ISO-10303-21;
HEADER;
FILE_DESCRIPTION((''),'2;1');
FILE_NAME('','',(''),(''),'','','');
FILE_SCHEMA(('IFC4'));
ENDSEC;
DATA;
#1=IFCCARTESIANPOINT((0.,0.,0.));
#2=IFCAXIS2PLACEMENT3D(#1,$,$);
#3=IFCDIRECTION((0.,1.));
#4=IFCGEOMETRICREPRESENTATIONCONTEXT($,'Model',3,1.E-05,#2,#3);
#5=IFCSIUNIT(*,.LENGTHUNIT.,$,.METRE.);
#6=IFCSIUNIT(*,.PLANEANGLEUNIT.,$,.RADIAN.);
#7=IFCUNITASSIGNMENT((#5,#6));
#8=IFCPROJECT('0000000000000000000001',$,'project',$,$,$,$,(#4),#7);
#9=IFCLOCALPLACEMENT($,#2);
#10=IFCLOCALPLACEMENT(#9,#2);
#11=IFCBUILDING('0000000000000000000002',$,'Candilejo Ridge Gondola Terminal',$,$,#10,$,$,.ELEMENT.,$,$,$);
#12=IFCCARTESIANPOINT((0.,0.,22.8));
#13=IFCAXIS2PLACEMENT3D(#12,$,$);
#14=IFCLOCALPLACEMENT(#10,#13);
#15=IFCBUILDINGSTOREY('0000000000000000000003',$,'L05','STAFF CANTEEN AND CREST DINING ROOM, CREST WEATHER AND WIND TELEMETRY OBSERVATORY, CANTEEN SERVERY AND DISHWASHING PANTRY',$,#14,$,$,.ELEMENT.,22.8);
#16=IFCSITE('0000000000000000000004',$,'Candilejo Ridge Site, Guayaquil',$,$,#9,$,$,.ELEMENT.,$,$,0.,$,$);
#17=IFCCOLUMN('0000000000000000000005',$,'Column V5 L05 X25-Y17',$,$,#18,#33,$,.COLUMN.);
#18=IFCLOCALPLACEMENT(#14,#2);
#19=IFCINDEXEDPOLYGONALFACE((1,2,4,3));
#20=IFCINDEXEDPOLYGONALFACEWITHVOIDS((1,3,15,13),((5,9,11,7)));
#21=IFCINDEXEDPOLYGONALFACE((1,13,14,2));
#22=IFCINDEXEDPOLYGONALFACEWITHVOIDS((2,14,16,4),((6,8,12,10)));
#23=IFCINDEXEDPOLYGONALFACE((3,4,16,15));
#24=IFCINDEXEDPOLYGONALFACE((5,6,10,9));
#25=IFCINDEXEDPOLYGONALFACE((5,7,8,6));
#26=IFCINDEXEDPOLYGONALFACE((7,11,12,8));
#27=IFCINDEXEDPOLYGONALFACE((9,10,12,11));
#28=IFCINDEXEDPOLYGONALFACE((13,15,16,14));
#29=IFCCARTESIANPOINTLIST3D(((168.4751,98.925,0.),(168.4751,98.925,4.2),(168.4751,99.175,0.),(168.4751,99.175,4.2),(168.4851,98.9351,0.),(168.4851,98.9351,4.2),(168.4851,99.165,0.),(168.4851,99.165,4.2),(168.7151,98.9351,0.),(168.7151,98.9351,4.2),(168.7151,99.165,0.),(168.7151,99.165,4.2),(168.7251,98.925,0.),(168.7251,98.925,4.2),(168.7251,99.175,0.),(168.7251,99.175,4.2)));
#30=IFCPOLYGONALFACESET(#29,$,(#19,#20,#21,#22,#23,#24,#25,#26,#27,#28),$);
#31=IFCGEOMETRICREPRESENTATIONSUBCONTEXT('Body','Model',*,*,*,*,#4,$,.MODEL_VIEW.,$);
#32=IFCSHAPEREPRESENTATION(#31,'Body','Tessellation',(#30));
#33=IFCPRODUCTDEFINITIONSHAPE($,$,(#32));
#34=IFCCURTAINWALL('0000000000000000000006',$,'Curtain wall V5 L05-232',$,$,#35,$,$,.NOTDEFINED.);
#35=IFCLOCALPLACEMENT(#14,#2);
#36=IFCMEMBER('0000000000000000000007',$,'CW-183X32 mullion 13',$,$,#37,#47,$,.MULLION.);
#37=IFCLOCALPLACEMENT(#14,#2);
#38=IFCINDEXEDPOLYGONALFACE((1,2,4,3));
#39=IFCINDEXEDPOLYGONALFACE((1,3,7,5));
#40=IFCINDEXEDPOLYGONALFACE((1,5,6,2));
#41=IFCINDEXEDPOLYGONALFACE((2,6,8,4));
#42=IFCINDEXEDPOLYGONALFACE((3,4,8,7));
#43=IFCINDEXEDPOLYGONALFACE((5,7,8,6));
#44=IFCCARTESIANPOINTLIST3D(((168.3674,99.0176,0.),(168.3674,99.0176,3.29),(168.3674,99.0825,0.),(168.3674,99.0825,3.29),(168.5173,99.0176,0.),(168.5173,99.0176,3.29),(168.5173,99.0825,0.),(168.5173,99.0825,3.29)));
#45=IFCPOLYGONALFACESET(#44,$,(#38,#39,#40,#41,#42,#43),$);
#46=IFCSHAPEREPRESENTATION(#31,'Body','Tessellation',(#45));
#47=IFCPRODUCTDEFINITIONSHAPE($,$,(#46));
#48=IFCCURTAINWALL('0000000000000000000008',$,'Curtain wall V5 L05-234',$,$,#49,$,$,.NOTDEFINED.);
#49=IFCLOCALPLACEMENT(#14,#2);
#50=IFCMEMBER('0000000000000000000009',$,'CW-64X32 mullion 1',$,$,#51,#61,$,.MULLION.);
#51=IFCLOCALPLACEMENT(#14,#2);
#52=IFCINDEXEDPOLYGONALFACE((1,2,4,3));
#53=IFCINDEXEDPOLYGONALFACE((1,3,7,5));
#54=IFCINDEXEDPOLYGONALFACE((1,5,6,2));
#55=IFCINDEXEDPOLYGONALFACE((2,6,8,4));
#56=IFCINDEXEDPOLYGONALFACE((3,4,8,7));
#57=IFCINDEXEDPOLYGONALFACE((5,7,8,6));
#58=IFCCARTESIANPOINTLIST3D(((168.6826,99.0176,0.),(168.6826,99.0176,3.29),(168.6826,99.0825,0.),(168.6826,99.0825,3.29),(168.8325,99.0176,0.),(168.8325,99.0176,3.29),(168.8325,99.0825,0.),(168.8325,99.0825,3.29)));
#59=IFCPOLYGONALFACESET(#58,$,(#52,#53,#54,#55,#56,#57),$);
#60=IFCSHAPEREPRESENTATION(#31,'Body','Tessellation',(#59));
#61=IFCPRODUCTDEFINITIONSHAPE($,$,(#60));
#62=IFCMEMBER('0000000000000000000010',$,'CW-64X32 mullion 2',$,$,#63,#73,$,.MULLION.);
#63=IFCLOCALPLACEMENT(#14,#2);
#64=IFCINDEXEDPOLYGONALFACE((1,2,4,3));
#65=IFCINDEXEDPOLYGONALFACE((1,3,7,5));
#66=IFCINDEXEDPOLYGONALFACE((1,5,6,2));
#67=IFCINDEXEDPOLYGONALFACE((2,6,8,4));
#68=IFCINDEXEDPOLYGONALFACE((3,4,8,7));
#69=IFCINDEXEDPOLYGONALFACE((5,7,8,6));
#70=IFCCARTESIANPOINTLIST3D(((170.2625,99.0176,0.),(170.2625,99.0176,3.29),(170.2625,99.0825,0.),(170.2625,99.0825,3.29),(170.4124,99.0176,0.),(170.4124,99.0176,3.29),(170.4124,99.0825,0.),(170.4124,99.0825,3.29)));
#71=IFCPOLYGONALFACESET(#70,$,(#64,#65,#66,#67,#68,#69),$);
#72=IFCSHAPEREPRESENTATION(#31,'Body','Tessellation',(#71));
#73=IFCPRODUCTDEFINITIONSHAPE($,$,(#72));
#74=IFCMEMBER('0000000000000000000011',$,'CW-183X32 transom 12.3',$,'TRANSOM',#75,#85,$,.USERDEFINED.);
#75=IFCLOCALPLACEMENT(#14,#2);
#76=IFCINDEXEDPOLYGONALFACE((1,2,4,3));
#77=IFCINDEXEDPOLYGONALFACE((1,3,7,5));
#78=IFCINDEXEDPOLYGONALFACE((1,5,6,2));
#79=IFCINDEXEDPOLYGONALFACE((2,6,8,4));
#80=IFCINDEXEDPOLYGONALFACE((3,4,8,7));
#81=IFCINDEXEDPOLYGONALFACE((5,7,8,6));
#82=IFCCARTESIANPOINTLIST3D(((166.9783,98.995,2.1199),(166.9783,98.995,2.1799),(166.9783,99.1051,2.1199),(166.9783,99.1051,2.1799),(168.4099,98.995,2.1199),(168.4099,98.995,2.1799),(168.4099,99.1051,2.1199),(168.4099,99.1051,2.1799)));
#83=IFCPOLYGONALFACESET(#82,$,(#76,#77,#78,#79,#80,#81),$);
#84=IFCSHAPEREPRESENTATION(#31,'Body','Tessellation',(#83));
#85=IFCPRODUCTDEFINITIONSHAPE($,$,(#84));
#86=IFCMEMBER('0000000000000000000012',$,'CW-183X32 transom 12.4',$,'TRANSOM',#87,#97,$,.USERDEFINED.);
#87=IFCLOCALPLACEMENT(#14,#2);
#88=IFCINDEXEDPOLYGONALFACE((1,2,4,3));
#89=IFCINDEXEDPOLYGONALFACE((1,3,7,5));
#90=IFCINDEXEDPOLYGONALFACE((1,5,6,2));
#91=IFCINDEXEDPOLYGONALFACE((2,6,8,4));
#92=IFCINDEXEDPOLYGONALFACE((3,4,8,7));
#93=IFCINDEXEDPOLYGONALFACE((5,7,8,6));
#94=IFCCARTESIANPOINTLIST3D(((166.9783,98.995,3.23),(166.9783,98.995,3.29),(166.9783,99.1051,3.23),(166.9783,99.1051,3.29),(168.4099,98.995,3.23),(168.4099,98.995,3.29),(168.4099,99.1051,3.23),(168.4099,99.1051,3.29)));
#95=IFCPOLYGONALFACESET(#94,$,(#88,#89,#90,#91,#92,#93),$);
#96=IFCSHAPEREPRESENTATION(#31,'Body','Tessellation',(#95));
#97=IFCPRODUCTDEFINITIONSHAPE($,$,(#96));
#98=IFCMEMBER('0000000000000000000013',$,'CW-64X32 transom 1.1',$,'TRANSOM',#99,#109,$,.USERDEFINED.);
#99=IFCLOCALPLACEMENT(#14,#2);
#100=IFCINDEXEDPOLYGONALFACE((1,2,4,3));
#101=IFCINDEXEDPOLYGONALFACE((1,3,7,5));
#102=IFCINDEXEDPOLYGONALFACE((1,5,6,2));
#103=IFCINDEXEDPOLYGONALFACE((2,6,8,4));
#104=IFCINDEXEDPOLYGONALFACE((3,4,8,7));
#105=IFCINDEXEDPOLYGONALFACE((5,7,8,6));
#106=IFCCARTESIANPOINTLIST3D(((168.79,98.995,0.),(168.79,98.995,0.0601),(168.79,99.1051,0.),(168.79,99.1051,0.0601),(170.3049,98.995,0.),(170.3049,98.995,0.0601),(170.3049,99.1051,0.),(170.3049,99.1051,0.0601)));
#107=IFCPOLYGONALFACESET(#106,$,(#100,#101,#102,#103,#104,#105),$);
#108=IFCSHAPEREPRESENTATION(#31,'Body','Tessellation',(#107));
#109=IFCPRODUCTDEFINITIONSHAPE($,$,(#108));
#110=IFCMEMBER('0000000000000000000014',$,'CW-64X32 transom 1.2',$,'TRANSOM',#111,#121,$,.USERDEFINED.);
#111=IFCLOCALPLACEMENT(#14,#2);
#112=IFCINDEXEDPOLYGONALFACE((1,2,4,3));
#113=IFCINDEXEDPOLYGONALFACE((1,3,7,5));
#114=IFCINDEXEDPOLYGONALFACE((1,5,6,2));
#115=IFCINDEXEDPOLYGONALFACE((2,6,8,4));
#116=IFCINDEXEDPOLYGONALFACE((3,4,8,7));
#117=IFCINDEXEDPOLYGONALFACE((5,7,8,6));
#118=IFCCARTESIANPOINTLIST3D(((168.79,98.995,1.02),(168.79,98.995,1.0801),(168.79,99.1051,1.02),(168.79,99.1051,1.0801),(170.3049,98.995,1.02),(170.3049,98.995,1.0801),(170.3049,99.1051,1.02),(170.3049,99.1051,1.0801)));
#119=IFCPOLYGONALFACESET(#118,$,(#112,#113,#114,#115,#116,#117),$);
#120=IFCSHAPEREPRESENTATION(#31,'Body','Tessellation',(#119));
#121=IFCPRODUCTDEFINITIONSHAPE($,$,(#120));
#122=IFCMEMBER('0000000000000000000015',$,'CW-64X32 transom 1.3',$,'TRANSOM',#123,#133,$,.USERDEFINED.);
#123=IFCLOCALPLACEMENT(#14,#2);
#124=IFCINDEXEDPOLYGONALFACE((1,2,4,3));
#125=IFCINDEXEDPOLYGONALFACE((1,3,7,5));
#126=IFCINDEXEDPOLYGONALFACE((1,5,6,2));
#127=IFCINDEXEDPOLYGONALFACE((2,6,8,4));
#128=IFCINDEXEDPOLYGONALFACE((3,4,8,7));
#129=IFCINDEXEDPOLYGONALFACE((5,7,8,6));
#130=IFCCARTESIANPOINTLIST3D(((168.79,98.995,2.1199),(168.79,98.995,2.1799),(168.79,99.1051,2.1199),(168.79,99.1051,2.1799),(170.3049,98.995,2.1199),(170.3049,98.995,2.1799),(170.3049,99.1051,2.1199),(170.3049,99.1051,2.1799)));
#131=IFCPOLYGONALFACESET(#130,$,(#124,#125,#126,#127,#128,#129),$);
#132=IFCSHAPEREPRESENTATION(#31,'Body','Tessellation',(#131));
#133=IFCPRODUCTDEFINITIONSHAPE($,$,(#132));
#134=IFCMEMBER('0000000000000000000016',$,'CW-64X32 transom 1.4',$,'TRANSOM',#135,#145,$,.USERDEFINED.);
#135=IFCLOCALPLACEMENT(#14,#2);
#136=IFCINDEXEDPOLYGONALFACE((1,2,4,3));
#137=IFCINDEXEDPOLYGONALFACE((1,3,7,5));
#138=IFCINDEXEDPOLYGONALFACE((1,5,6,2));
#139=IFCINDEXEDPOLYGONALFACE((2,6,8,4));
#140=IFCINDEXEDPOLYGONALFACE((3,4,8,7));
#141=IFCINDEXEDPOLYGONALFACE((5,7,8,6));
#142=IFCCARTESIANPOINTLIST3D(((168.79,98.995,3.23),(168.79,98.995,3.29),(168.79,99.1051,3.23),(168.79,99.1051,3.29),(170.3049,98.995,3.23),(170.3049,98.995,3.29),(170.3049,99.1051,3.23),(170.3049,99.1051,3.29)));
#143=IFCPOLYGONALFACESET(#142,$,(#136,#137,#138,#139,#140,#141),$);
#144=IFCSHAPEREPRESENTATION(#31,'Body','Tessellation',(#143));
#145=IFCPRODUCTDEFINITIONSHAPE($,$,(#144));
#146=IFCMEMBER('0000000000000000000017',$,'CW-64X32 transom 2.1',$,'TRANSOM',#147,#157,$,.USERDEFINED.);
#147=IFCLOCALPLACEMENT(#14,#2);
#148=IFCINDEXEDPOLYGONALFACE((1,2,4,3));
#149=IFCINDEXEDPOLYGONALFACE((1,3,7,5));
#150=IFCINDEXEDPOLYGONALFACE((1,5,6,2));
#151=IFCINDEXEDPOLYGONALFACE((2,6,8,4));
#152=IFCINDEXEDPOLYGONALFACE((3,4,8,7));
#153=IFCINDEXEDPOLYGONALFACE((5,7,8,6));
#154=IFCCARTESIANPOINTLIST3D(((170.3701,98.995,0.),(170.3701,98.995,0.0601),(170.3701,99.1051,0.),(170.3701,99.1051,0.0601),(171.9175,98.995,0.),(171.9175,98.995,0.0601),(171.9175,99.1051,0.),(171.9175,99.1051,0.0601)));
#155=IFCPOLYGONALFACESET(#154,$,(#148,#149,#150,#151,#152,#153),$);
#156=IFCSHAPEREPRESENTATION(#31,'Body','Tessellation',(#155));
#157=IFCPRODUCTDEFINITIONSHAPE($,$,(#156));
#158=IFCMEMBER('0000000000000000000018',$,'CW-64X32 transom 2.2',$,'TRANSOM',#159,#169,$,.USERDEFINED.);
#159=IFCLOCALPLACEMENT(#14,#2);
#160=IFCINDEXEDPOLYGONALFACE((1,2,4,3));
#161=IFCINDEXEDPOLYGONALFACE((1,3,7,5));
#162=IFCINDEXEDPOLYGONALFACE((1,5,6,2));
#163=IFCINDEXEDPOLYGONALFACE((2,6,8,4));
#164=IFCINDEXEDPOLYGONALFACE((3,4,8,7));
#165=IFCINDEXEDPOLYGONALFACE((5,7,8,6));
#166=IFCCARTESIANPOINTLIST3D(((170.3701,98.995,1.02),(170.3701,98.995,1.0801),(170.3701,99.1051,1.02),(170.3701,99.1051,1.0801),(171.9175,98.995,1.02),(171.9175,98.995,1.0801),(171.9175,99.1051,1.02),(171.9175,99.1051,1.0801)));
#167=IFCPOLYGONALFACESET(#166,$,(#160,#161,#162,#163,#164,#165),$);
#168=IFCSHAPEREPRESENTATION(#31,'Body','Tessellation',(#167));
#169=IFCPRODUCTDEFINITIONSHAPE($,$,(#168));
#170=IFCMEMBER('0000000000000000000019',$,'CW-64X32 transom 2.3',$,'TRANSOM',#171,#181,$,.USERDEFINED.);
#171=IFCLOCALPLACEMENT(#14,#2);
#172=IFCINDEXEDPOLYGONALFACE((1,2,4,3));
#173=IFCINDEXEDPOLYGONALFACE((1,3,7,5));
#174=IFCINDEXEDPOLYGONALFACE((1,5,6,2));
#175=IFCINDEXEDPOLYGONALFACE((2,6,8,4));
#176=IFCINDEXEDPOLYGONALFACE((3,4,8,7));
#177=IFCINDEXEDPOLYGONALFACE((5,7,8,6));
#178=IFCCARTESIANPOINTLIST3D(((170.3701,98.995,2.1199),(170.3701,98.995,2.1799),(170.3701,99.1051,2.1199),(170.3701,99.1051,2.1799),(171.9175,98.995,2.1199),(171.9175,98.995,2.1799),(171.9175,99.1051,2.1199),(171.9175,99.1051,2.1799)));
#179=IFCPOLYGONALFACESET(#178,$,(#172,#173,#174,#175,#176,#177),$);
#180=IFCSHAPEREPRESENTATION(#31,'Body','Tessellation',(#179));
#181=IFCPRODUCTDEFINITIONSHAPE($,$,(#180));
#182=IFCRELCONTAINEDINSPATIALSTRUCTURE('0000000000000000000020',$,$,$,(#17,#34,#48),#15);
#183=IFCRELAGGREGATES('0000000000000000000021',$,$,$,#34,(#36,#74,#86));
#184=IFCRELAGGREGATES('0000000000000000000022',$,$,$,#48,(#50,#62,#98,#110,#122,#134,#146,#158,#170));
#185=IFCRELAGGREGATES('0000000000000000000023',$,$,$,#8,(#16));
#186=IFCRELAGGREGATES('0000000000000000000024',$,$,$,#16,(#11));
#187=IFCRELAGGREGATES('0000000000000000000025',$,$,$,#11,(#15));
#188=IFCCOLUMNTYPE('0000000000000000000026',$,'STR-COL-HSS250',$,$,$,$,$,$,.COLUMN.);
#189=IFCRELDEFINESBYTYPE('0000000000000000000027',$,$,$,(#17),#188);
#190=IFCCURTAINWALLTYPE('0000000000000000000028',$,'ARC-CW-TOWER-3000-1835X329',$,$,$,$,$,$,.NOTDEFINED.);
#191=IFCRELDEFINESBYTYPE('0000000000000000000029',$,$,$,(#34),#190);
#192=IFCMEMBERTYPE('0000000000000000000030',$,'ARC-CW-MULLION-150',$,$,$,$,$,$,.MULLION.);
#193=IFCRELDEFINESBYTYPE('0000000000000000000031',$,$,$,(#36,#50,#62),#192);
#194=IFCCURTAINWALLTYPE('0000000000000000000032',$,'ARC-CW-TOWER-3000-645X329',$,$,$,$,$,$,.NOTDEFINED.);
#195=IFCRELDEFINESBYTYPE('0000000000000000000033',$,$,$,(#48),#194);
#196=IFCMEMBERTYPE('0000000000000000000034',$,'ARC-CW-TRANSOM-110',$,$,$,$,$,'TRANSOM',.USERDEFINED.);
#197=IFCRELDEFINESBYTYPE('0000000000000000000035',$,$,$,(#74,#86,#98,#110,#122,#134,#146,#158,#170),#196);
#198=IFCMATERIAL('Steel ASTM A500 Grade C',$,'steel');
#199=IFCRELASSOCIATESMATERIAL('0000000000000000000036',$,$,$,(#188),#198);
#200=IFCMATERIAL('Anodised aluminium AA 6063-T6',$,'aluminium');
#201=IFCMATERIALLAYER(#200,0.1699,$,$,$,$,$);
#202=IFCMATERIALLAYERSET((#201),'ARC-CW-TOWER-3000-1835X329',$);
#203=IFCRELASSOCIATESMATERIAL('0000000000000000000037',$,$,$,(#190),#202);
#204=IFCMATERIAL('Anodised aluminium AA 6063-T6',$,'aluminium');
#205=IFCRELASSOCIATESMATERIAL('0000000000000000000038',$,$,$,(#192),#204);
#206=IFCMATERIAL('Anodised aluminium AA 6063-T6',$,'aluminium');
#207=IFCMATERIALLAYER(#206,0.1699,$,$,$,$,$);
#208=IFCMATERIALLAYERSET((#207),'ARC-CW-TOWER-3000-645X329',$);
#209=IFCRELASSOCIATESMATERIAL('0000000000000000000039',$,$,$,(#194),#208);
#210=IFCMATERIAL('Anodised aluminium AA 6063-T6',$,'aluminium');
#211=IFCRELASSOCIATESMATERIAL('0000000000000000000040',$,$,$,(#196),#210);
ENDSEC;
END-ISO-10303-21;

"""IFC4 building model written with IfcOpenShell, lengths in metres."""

from ifc_helpers import new_model, si_unit, direction, frame, origin, origin_2d, place, context, subcontext, project, spatial, rectangle, hollow_rectangle, extrude, material, layer, layer_set, material_profile, profile_set, type_object, element, aggregate, save


model = new_model("IFC4")

# Units and contexts
model_context = context("Model", 3, precision=1e-05, world=origin(), true_north=direction((0.0, 1.0)))
body_context = subcontext(model_context, "Body", "Model", "MODEL_VIEW")
ifc_project = project(units=[si_unit("LENGTHUNIT", "METRE"), si_unit("PLANEANGLEUNIT", "RADIAN")], contexts=[model_context])

# Site, building, storey
site_placement = place(None, origin())
site = spatial("IfcSite", under=ifc_project, at=site_placement, Name="Candilejo Ridge Site, Guayaquil", CompositionType="ELEMENT", RefElevation=0.0)
building_placement = place(site_placement, origin())
building = spatial("IfcBuilding", under=site, at=building_placement, Name="Candilejo Ridge Gondola Terminal", CompositionType="ELEMENT")
storey_placement = place(building_placement, frame((0.0, 0.0, 22.8)))
storey = spatial("IfcBuildingStorey", under=building, at=storey_placement, Name="L05", Description="STAFF CANTEEN AND CREST DINING ROOM, CREST WEATHER AND WIND TELEMETRY OBSERVATORY, CANTEEN SERVERY AND DISHWASHING PANTRY", CompositionType="ELEMENT", Elevation=22.8)

# Column
ifc_material_1 = material(Name="Steel ASTM A500 Grade C", Category="steel")
ifc_material_profile_1 = material_profile(ifc_material_1, hollow_rectangle(XDim=0.25, YDim=0.25, WallThickness=0.01, at=origin_2d()))
ifc_profile_set_1 = profile_set([ifc_material_profile_1], Name="Steel ASTM A500 Grade C")
column_type = type_object("IfcColumnType", Name="STR-COL-HSS250", PredefinedType="COLUMN", material=ifc_profile_set_1)
column_placement = place(storey_placement, frame((168.6001, 99.05, 0.0), z_axis=(0.0, 0.0, 1.0), x_axis=(1.0, 0.0, 0.0)))
element("IfcColumn", 1, at=column_placement, inside=storey, type_object=column_type, Name="Column V5 L05 X25-Y17", PredefinedType="COLUMN", context=body_context, shape_type="SweptSolid", body=[
    extrude(hollow_rectangle(XDim=0.25, YDim=0.25, WallThickness=0.01, at=origin_2d()), origin(), (0.0, 0.0, 1.0), 4.2),
])

# Curtain wall, member
ifc_material_2 = material(Name="Anodised aluminium AA 6063-T6", Category="aluminium")
ifc_layer_1 = layer(ifc_material_2, 0.1699)
ifc_layer_set_1 = layer_set([ifc_layer_1], Name="ARC-CW-TOWER-3000-1835X329")
curtain_wall_type_1 = type_object("IfcCurtainWallType", Name="ARC-CW-TOWER-3000-1835X329", PredefinedType="NOTDEFINED", material=ifc_layer_set_1)
curtain_wall_1_placement = place(storey_placement, origin())
curtain_wall_1 = element("IfcCurtainWall", 2, at=curtain_wall_1_placement, inside=storey, type_object=curtain_wall_type_1, Name="Curtain wall V5 L05-232", PredefinedType="NOTDEFINED")
ifc_material_3 = material(Name="Anodised aluminium AA 6063-T6", Category="aluminium")
ifc_material_profile_2 = material_profile(ifc_material_3, rectangle(XDim=0.0649, YDim=0.1499, at=origin_2d()))
ifc_profile_set_2 = profile_set([ifc_material_profile_2], Name="Anodised aluminium AA 6063-T6")
member_type_1 = type_object("IfcMemberType", Name="ARC-CW-MULLION-150", PredefinedType="MULLION", material=ifc_profile_set_2)
member_1_placement = place(storey_placement, frame((168.4424, 99.05, 0.0), z_axis=(0.0, 0.0, 1.0), x_axis=(0.0, 1.0, 0.0)))
member_1 = element("IfcMember", 3, at=member_1_placement, type_object=member_type_1, Name="CW-183X32 mullion 13", PredefinedType="MULLION", context=body_context, shape_type="SweptSolid", body=[
    extrude(rectangle(XDim=0.0649, YDim=0.1499, at=origin_2d()), origin(), (0.0, 0.0, 1.0), 3.29),
])

# Curtain wall, members
ifc_material_4 = material(Name="Anodised aluminium AA 6063-T6", Category="aluminium")
ifc_layer_2 = layer(ifc_material_4, 0.1699)
ifc_layer_set_2 = layer_set([ifc_layer_2], Name="ARC-CW-TOWER-3000-645X329")
curtain_wall_type_2 = type_object("IfcCurtainWallType", Name="ARC-CW-TOWER-3000-645X329", PredefinedType="NOTDEFINED", material=ifc_layer_set_2)
curtain_wall_2_placement = place(storey_placement, origin())
curtain_wall_2 = element("IfcCurtainWall", 4, at=curtain_wall_2_placement, inside=storey, type_object=curtain_wall_type_2, Name="Curtain wall V5 L05-234", PredefinedType="NOTDEFINED")
member_2_placement = place(storey_placement, frame((168.7576, 99.05, 0.0), z_axis=(0.0, 0.0, 1.0), x_axis=(0.0, 1.0, 0.0)))
member_2 = element("IfcMember", 5, at=member_2_placement, type_object=member_type_1, Name="CW-64X32 mullion 1", PredefinedType="MULLION", context=body_context, shape_type="SweptSolid", body=[
    extrude(rectangle(XDim=0.0649, YDim=0.1499, at=origin_2d()), origin(), (0.0, 0.0, 1.0), 3.29),
])
member_3_placement = place(storey_placement, frame((170.3374, 99.05, 0.0), z_axis=(0.0, 0.0, 1.0), x_axis=(0.0, 1.0, 0.0)))
member_3 = element("IfcMember", 6, at=member_3_placement, type_object=member_type_1, Name="CW-64X32 mullion 2", PredefinedType="MULLION", context=body_context, shape_type="SweptSolid", body=[
    extrude(rectangle(XDim=0.0649, YDim=0.1499, at=origin_2d()), origin(), (0.0, 0.0, 1.0), 3.29),
])

# Members
ifc_material_5 = material(Name="Anodised aluminium AA 6063-T6", Category="aluminium")
ifc_material_profile_3 = material_profile(ifc_material_5, rectangle(XDim=0.1101, YDim=0.0601, at=origin_2d()))
ifc_profile_set_3 = profile_set([ifc_material_profile_3], Name="Anodised aluminium AA 6063-T6")
member_type_2 = type_object("IfcMemberType", Name="ARC-CW-TRANSOM-110", ElementType="TRANSOM", PredefinedType="USERDEFINED", material=ifc_profile_set_3)
member_4_placement = place(storey_placement, frame((166.9783, 99.05, 2.1499), z_axis=(1.0, 0.0, 0.0), x_axis=(0.0, 1.0, 0.0)))
member_4 = element("IfcMember", 7, at=member_4_placement, type_object=member_type_2, Name="CW-183X32 transom 12.3", ObjectType="TRANSOM", PredefinedType="USERDEFINED", context=body_context, shape_type="SweptSolid", body=[
    extrude(rectangle(XDim=0.1101, YDim=0.0601, at=origin_2d()), origin(), (0.0, 0.0, 1.0), 1.4316),
])
member_5_placement = place(storey_placement, frame((166.9783, 99.05, 3.26), z_axis=(1.0, 0.0, 0.0), x_axis=(0.0, 1.0, 0.0)))
member_5 = element("IfcMember", 8, at=member_5_placement, type_object=member_type_2, Name="CW-183X32 transom 12.4", ObjectType="TRANSOM", PredefinedType="USERDEFINED", context=body_context, shape_type="SweptSolid", body=[
    extrude(rectangle(XDim=0.1101, YDim=0.0601, at=origin_2d()), origin(), (0.0, 0.0, 1.0), 1.4316),
])
member_6_placement = place(storey_placement, frame((168.79, 99.05, 0.03), z_axis=(1.0, 0.0, 0.0), x_axis=(0.0, 1.0, 0.0)))
member_6 = element("IfcMember", 9, at=member_6_placement, type_object=member_type_2, Name="CW-64X32 transom 1.1", ObjectType="TRANSOM", PredefinedType="USERDEFINED", context=body_context, shape_type="SweptSolid", body=[
    extrude(rectangle(XDim=0.1101, YDim=0.0601, at=origin_2d()), origin(), (0.0, 0.0, 1.0), 1.5149),
])
member_7_placement = place(storey_placement, frame((168.79, 99.05, 1.05), z_axis=(1.0, 0.0, 0.0), x_axis=(0.0, 1.0, 0.0)))
member_7 = element("IfcMember", 10, at=member_7_placement, type_object=member_type_2, Name="CW-64X32 transom 1.2", ObjectType="TRANSOM", PredefinedType="USERDEFINED", context=body_context, shape_type="SweptSolid", body=[
    extrude(rectangle(XDim=0.1101, YDim=0.0601, at=origin_2d()), origin(), (0.0, 0.0, 1.0), 1.5149),
])
member_8_placement = place(storey_placement, frame((168.79, 99.05, 2.1499), z_axis=(1.0, 0.0, 0.0), x_axis=(0.0, 1.0, 0.0)))
member_8 = element("IfcMember", 11, at=member_8_placement, type_object=member_type_2, Name="CW-64X32 transom 1.3", ObjectType="TRANSOM", PredefinedType="USERDEFINED", context=body_context, shape_type="SweptSolid", body=[
    extrude(rectangle(XDim=0.1101, YDim=0.0601, at=origin_2d()), origin(), (0.0, 0.0, 1.0), 1.5149),
])
member_9_placement = place(storey_placement, frame((168.79, 99.05, 3.26), z_axis=(1.0, 0.0, 0.0), x_axis=(0.0, 1.0, 0.0)))
member_9 = element("IfcMember", 12, at=member_9_placement, type_object=member_type_2, Name="CW-64X32 transom 1.4", ObjectType="TRANSOM", PredefinedType="USERDEFINED", context=body_context, shape_type="SweptSolid", body=[
    extrude(rectangle(XDim=0.1101, YDim=0.0601, at=origin_2d()), origin(), (0.0, 0.0, 1.0), 1.5149),
])
member_10_placement = place(storey_placement, frame((170.3701, 99.05, 0.03), z_axis=(1.0, 0.0, 0.0), x_axis=(0.0, 1.0, 0.0)))
member_10 = element("IfcMember", 13, at=member_10_placement, type_object=member_type_2, Name="CW-64X32 transom 2.1", ObjectType="TRANSOM", PredefinedType="USERDEFINED", context=body_context, shape_type="SweptSolid", body=[
    extrude(rectangle(XDim=0.1101, YDim=0.0601, at=origin_2d()), origin(), (0.0, 0.0, 1.0), 1.5474),
])
member_11_placement = place(storey_placement, frame((170.3701, 99.05, 1.05), z_axis=(1.0, 0.0, 0.0), x_axis=(0.0, 1.0, 0.0)))
member_11 = element("IfcMember", 14, at=member_11_placement, type_object=member_type_2, Name="CW-64X32 transom 2.2", ObjectType="TRANSOM", PredefinedType="USERDEFINED", context=body_context, shape_type="SweptSolid", body=[
    extrude(rectangle(XDim=0.1101, YDim=0.0601, at=origin_2d()), origin(), (0.0, 0.0, 1.0), 1.5474),
])
member_12_placement = place(storey_placement, frame((170.3701, 99.05, 2.1499), z_axis=(1.0, 0.0, 0.0), x_axis=(0.0, 1.0, 0.0)))
member_12 = element("IfcMember", 15, at=member_12_placement, type_object=member_type_2, Name="CW-64X32 transom 2.3", ObjectType="TRANSOM", PredefinedType="USERDEFINED", context=body_context, shape_type="SweptSolid", body=[
    extrude(rectangle(XDim=0.1101, YDim=0.0601, at=origin_2d()), origin(), (0.0, 0.0, 1.0), 1.5474),
])

aggregate(curtain_wall_1, [member_1, member_4, member_5])
aggregate(curtain_wall_2, [member_2, member_3, member_6, member_7, member_8, member_9, member_10, member_11, member_12])

save(model, "model.ifc")
